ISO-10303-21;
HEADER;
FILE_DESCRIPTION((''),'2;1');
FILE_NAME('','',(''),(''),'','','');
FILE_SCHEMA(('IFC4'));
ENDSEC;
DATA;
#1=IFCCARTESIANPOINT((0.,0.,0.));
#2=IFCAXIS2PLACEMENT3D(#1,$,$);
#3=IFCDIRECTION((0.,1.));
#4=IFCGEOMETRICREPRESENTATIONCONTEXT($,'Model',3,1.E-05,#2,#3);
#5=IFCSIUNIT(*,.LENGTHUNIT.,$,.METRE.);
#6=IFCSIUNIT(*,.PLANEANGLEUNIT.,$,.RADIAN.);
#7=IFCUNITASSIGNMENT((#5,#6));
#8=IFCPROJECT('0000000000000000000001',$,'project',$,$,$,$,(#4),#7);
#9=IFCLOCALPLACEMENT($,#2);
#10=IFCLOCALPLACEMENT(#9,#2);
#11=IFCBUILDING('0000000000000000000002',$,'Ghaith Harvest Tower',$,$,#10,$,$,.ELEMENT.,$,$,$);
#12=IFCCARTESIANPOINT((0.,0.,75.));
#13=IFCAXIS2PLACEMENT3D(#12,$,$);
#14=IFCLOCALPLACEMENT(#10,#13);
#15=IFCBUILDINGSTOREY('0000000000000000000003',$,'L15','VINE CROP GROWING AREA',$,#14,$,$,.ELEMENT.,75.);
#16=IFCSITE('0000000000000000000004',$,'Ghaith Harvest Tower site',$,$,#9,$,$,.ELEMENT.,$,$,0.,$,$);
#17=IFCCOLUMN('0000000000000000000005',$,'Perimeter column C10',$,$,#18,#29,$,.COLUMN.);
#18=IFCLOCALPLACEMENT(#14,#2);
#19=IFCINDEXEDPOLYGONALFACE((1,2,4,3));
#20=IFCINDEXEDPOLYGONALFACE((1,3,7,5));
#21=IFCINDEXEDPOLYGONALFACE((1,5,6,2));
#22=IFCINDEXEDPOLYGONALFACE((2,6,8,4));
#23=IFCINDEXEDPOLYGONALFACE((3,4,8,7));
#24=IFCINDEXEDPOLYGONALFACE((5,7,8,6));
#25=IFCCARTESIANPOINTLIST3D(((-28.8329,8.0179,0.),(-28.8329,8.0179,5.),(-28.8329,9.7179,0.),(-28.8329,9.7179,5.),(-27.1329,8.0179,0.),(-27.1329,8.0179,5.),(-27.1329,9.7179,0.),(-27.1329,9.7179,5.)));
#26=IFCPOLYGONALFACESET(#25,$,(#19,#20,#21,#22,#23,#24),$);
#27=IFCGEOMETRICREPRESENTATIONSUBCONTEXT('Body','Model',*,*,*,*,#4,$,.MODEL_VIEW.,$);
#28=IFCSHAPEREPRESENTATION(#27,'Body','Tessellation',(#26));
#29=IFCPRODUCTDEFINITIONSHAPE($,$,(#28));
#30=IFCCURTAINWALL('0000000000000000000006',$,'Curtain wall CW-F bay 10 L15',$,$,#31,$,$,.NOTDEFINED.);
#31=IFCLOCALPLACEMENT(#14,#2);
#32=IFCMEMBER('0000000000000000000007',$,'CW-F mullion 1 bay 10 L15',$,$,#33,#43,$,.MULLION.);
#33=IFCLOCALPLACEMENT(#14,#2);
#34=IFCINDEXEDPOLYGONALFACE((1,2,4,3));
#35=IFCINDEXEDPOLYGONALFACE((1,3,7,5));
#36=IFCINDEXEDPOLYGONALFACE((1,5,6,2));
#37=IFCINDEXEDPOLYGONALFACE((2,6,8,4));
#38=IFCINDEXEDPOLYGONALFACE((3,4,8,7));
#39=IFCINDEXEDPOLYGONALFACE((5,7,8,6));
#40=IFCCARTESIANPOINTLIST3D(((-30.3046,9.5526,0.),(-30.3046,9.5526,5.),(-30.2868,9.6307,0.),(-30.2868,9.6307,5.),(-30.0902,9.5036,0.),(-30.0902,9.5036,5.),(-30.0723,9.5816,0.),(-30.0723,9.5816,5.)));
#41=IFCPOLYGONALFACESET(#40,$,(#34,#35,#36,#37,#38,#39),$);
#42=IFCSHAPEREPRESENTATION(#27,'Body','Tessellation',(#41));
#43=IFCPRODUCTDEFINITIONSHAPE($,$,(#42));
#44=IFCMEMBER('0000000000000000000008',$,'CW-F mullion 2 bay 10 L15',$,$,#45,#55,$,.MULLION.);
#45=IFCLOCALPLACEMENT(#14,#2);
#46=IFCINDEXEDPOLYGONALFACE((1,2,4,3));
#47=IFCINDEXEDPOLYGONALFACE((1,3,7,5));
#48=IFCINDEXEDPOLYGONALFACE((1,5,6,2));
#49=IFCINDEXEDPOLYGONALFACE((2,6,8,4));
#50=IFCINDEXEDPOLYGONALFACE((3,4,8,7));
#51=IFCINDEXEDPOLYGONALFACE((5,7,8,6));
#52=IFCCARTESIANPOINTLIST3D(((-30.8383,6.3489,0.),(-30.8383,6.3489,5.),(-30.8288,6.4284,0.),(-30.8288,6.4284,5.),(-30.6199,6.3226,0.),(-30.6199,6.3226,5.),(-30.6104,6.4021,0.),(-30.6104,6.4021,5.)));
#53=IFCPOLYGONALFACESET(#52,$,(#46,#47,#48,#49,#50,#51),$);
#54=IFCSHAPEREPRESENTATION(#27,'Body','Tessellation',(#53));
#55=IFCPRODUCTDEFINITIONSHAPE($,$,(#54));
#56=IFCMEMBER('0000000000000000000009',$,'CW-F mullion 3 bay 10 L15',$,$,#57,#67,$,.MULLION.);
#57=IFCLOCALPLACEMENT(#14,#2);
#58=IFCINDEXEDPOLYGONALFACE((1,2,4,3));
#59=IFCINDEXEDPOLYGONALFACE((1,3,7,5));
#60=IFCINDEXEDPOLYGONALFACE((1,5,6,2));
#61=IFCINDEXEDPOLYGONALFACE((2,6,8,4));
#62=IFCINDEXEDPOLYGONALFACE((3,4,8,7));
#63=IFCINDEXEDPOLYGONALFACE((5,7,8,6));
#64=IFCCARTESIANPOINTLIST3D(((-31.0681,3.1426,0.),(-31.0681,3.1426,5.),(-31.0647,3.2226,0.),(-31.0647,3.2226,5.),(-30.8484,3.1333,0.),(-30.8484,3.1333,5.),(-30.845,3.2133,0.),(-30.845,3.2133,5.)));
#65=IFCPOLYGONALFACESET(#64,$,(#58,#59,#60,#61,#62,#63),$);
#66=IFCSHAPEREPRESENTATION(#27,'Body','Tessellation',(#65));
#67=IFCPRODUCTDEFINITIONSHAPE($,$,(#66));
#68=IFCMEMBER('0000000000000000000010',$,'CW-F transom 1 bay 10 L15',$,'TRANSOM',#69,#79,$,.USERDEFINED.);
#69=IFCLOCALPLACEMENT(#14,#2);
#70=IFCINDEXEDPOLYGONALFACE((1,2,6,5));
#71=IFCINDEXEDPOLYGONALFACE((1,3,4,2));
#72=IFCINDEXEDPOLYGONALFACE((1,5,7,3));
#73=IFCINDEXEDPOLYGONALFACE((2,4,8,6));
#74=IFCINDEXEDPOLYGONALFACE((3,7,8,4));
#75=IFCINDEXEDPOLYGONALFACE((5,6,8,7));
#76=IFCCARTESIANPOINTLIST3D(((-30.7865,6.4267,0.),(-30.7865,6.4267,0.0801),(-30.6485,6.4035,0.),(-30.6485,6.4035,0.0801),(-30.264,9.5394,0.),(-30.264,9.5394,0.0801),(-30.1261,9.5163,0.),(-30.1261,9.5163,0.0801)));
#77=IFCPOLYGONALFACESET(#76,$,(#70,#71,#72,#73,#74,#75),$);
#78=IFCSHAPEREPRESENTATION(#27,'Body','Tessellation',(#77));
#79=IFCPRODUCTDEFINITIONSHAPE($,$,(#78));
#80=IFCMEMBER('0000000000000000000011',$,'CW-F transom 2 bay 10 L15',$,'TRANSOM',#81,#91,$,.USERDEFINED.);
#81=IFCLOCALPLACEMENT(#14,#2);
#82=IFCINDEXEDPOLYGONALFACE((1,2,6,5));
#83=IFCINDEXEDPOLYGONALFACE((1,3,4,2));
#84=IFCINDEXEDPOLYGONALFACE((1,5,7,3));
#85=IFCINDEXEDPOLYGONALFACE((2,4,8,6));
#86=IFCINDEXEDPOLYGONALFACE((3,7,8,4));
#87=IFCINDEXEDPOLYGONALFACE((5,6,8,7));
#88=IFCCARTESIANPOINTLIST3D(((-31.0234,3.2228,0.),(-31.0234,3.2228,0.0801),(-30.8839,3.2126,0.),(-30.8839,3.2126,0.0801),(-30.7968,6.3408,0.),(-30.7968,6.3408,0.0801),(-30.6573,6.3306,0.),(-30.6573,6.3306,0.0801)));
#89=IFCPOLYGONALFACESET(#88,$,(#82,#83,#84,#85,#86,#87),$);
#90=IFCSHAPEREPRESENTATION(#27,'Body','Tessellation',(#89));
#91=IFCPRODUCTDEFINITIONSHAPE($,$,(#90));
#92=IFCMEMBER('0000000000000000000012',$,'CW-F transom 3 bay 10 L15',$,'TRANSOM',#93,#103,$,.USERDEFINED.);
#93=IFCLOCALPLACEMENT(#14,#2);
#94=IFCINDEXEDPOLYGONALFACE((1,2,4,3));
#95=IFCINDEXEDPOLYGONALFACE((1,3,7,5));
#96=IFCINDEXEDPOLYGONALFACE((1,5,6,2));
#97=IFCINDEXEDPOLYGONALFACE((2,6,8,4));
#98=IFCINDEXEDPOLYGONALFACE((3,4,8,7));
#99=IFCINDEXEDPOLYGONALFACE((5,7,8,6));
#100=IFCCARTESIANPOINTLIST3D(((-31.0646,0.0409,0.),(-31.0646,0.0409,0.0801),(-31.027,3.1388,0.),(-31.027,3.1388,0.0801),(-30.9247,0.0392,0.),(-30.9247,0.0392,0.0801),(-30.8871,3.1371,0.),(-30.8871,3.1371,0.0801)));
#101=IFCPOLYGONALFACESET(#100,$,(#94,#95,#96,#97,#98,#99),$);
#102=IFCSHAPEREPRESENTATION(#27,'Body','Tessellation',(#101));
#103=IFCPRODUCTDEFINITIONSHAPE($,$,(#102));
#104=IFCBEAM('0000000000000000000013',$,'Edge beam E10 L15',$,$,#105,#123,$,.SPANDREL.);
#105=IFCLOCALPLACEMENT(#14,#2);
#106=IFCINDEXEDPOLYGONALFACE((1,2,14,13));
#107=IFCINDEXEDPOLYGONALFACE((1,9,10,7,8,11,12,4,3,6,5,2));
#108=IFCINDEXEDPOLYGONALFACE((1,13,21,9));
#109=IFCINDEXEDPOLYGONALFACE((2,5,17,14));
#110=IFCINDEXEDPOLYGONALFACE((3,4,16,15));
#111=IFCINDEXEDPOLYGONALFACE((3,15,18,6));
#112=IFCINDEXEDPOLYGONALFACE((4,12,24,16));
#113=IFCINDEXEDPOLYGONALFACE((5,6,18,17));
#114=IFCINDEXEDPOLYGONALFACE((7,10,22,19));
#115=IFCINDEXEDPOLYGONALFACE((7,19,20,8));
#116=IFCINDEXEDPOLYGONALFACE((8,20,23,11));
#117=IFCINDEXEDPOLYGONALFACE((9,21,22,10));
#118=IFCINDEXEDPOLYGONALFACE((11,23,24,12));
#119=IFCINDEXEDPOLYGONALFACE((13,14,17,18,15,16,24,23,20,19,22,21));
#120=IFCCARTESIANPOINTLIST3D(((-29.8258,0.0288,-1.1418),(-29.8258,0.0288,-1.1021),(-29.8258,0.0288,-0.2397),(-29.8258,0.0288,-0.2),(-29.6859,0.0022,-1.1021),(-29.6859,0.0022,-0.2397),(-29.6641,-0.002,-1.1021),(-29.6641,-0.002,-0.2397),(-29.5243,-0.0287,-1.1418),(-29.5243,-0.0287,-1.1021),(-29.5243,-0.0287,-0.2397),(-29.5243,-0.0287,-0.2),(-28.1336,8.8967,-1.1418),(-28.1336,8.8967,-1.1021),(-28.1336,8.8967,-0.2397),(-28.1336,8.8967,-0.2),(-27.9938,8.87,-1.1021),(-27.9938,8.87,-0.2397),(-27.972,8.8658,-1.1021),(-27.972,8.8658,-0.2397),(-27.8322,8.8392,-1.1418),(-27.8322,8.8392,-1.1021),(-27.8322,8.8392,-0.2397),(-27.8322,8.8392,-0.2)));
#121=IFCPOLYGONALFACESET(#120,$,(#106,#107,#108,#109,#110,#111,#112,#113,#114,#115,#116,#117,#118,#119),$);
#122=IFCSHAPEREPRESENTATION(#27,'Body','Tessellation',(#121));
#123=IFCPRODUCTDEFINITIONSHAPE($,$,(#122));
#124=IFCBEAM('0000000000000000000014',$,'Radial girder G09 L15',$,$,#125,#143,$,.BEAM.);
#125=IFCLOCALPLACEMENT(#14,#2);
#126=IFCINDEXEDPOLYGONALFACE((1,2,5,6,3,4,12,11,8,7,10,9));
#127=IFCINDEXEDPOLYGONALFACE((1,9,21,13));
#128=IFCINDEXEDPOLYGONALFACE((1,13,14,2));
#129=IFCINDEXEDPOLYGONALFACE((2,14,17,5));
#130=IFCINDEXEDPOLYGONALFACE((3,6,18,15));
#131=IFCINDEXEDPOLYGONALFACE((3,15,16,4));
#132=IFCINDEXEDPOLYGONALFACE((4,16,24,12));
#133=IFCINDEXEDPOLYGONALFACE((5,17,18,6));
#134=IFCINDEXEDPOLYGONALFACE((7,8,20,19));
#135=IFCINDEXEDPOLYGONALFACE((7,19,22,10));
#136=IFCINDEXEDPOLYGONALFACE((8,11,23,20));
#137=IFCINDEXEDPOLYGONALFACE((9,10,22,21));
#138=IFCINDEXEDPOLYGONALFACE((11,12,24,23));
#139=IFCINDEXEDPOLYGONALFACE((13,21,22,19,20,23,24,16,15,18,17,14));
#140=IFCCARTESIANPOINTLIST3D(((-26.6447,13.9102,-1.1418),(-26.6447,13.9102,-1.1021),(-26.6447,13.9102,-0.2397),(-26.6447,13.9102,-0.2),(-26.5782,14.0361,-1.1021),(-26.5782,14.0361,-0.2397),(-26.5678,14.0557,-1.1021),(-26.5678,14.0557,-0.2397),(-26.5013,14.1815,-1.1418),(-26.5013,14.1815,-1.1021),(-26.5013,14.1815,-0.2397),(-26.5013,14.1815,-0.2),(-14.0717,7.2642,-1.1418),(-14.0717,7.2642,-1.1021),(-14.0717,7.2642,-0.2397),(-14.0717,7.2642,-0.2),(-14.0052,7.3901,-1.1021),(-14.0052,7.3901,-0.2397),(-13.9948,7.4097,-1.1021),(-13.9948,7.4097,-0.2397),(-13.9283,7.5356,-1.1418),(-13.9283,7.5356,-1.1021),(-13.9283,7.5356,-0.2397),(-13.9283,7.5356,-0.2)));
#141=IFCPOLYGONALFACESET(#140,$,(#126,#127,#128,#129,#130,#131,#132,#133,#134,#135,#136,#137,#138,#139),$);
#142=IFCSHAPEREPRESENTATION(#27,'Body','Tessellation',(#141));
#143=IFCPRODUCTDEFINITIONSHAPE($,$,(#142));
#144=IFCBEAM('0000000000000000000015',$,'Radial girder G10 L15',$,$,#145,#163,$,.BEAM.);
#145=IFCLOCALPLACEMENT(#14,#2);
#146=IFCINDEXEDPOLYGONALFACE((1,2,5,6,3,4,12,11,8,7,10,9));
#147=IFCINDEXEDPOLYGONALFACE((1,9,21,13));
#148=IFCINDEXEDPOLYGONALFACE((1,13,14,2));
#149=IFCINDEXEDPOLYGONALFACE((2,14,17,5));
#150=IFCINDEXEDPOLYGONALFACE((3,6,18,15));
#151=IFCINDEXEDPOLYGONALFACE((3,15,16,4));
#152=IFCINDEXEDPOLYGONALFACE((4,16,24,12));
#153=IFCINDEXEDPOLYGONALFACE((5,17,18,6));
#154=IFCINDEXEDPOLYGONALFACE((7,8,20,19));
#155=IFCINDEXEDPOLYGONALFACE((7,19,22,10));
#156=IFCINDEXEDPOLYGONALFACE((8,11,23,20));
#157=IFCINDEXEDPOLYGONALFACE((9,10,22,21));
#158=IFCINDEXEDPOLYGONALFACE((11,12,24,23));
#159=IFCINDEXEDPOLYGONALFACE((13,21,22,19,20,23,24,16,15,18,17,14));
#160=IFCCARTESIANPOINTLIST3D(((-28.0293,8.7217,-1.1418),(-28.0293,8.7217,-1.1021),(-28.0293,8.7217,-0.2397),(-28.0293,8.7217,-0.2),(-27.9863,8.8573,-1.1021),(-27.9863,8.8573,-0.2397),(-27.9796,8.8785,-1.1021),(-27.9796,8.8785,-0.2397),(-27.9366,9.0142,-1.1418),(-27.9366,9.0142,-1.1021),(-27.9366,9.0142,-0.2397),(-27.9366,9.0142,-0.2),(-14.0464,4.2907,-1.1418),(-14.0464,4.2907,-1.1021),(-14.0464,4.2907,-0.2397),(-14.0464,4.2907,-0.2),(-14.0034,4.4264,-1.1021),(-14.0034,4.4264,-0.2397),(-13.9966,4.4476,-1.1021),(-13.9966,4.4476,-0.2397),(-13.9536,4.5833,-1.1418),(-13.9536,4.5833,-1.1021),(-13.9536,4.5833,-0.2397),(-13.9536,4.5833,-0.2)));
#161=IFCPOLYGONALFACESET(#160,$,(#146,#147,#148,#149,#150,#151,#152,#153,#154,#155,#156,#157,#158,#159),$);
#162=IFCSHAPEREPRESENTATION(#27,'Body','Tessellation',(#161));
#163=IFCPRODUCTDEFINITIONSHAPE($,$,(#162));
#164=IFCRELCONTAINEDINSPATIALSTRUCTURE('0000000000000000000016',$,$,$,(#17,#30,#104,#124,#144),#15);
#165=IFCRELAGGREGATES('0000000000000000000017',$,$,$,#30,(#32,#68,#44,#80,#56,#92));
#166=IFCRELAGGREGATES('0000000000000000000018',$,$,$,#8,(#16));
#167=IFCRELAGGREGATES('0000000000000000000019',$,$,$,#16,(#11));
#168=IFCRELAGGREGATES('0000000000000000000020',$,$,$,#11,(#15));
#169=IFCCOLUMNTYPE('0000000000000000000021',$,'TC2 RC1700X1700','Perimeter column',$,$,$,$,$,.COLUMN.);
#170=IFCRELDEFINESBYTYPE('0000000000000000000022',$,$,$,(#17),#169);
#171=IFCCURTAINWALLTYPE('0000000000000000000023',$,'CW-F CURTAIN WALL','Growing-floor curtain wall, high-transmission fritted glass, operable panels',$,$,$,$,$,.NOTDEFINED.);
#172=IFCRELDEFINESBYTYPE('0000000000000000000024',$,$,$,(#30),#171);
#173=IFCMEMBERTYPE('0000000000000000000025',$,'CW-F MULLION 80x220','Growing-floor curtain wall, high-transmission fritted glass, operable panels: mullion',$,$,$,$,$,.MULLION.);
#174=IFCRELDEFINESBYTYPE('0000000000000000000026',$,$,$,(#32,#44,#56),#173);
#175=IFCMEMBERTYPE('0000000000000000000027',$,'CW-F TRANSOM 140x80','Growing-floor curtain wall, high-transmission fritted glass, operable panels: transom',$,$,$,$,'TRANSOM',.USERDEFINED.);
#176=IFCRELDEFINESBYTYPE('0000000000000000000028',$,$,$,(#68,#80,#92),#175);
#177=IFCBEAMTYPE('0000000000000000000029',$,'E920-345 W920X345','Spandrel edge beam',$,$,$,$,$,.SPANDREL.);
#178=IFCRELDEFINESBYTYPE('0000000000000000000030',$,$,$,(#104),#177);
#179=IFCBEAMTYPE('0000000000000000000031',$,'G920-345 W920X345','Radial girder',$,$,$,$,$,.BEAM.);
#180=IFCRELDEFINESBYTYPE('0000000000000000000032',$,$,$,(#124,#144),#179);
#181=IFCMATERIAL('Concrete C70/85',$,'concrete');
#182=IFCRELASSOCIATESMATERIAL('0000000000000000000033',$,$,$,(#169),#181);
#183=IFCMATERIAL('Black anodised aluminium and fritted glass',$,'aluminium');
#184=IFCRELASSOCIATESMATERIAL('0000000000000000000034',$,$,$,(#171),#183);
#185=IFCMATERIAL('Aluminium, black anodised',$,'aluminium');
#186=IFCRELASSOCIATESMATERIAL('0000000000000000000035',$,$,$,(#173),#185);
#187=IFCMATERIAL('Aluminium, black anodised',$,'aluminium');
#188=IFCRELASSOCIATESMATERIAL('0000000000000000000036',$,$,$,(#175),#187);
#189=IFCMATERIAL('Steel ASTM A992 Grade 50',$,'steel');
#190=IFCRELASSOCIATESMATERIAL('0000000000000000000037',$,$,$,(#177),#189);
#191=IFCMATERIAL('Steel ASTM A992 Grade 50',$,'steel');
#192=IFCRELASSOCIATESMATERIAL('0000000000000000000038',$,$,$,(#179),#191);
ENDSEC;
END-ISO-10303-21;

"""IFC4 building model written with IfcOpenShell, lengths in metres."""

from ifc_helpers import new_model, si_unit, direction, frame, origin, origin_2d, place, context, subcontext, project, spatial, rectangle, i_section, extrude, material, material_profile, profile_set, type_object, element, aggregate, save


model = new_model("IFC4")

# Units and contexts
model_context = context("Model", 3, precision=1e-05, world=origin(), true_north=direction((0.0, 1.0)))
body_context = subcontext(model_context, "Body", "Model", "MODEL_VIEW")
ifc_project = project(units=[si_unit("LENGTHUNIT", "METRE"), si_unit("PLANEANGLEUNIT", "RADIAN")], contexts=[model_context])

# Site, building, storey
site_placement = place(None, origin())
site = spatial("IfcSite", under=ifc_project, at=site_placement, Name="Ghaith Harvest Tower site", CompositionType="ELEMENT", RefElevation=0.0)
building_placement = place(site_placement, origin())
building = spatial("IfcBuilding", under=site, at=building_placement, Name="Ghaith Harvest Tower", CompositionType="ELEMENT")
storey_placement = place(building_placement, frame((0.0, 0.0, 75.0)))
storey = spatial("IfcBuildingStorey", under=building, at=storey_placement, Name="L15", Description="VINE CROP GROWING AREA", CompositionType="ELEMENT", Elevation=75.0)

# Column
ifc_material_1 = material(Name="Concrete C70/85", Category="concrete")
ifc_material_profile_1 = material_profile(ifc_material_1, rectangle(XDim=1.7, YDim=1.7, at=origin_2d()), Name="RC1700X1700")
ifc_profile_set_1 = profile_set([ifc_material_profile_1], Name="Concrete C70/85")
column_type = type_object("IfcColumnType", Name="TC2 RC1700X1700", Description="Perimeter column", PredefinedType="COLUMN", material=ifc_profile_set_1)
column_placement = place(storey_placement, frame((-27.9829, 8.8679, 0.0), z_axis=(0.0, 0.0, 1.0), x_axis=(1.0, 0.0, 0.0)))
element("IfcColumn", 1, at=column_placement, inside=storey, type_object=column_type, Name="Perimeter column C10", PredefinedType="COLUMN", context=body_context, shape_type="SweptSolid", body=[
    extrude(rectangle(XDim=1.7, YDim=1.7, at=origin_2d()), origin(), (0.0, 0.0, 1.0), 5.0),
])

# Curtain wall, members
ifc_material_2 = material(Name="Black anodised aluminium and fritted glass", Category="aluminium")
curtain_wall_type = type_object("IfcCurtainWallType", Name="CW-F CURTAIN WALL", Description="Growing-floor curtain wall, high-transmission fritted glass, operable panels", PredefinedType="NOTDEFINED", material=ifc_material_2)
curtain_wall_1_placement = place(storey_placement, origin())
curtain_wall_1 = element("IfcCurtainWall", 2, at=curtain_wall_1_placement, inside=storey, type_object=curtain_wall_type, Name="Curtain wall CW-F bay 10 L15", PredefinedType="NOTDEFINED")
ifc_material_3 = material(Name="Aluminium, black anodised", Category="aluminium")
ifc_material_profile_2 = material_profile(ifc_material_3, rectangle(XDim=0.0801, YDim=0.22, at=origin_2d()), Name="CW-F MULLION 80x220")
ifc_profile_set_2 = profile_set([ifc_material_profile_2], Name="Aluminium, black anodised")
member_type_1 = type_object("IfcMemberType", Name="CW-F MULLION 80x220", Description="Growing-floor curtain wall, high-transmission fritted glass, operable panels: mullion", PredefinedType="MULLION", material=ifc_profile_set_2)
member_1_placement = place(storey_placement, frame((-30.1885, 9.5671, 0.0), z_axis=(0.0, 0.0, 1.0), x_axis=(-0.222967, -0.974826, 0.0)))
member_1 = element("IfcMember", 3, at=member_1_placement, type_object=member_type_1, Name="CW-F mullion 1 bay 10 L15", PredefinedType="MULLION", context=body_context, shape_type="SweptSolid", body=[
    extrude(rectangle(XDim=0.0801, YDim=0.22, at=origin_2d()), origin(), (0.0, 0.0, 1.0), 5.0),
])
member_2_placement = place(storey_placement, frame((-30.7244, 6.3755, 0.0), z_axis=(0.0, 0.0, 1.0), x_axis=(-0.119353, -0.992852, 0.0)))
member_2 = element("IfcMember", 4, at=member_2_placement, type_object=member_type_1, Name="CW-F mullion 2 bay 10 L15", PredefinedType="MULLION", context=body_context, shape_type="SweptSolid", body=[
    extrude(rectangle(XDim=0.0801, YDim=0.22, at=origin_2d()), origin(), (0.0, 0.0, 1.0), 5.0),
])
member_3_placement = place(storey_placement, frame((-30.9565, 3.178, 0.0), z_axis=(0.0, 0.0, 1.0), x_axis=(-0.042427, -0.9991, 0.0)))
member_3 = element("IfcMember", 5, at=member_3_placement, type_object=member_type_1, Name="CW-F mullion 3 bay 10 L15", PredefinedType="MULLION", context=body_context, shape_type="SweptSolid", body=[
    extrude(rectangle(XDim=0.0801, YDim=0.22, at=origin_2d()), origin(), (0.0, 0.0, 1.0), 5.0),
])
ifc_material_4 = material(Name="Aluminium, black anodised", Category="aluminium")
ifc_material_profile_3 = material_profile(ifc_material_4, rectangle(XDim=0.1399, YDim=0.0801, at=origin_2d()), Name="CW-F TRANSOM 140x80")
ifc_profile_set_3 = profile_set([ifc_material_profile_3], Name="Aluminium, black anodised")
member_type_2 = type_object("IfcMemberType", Name="CW-F TRANSOM 140x80", Description="Growing-floor curtain wall, high-transmission fritted glass, operable panels: transom", ElementType="TRANSOM", PredefinedType="USERDEFINED", material=ifc_profile_set_3)
member_4_placement = place(storey_placement, frame((-30.1951, 9.5278, 0.04), z_axis=(-0.165528, -0.986205, 0.0), x_axis=(0.986205, -0.165528, 0.0)))
member_4 = element("IfcMember", 6, at=member_4_placement, type_object=member_type_2, Name="CW-F transom 1 bay 10 L15", ObjectType="TRANSOM", PredefinedType="USERDEFINED", context=body_context, shape_type="SweptSolid", body=[
    extrude(rectangle(XDim=0.1399, YDim=0.0801, at=origin_2d()), origin(), (0.0, 0.0, 1.0), 3.1562),
])
member_5_placement = place(storey_placement, frame((-30.7271, 6.3357, 0.04), z_axis=(-0.072474, -0.99737, 0.0), x_axis=(0.99737, -0.072474, 0.0)))
member_5 = element("IfcMember", 7, at=member_5_placement, type_object=member_type_2, Name="CW-F transom 2 bay 10 L15", ObjectType="TRANSOM", PredefinedType="USERDEFINED", context=body_context, shape_type="SweptSolid", body=[
    extrude(rectangle(XDim=0.1399, YDim=0.0801, at=origin_2d()), origin(), (0.0, 0.0, 1.0), 3.1262),
])
member_6_placement = place(storey_placement, frame((-30.957, 3.1379, 0.04), z_axis=(-0.012136, -0.999926, 0.0), x_axis=(0.999926, -0.012136, 0.0)))
member_6 = element("IfcMember", 8, at=member_6_placement, type_object=member_type_2, Name="CW-F transom 3 bay 10 L15", ObjectType="TRANSOM", PredefinedType="USERDEFINED", context=body_context, shape_type="SweptSolid", body=[
    extrude(rectangle(XDim=0.1399, YDim=0.0801, at=origin_2d()), origin(), (0.0, 0.0, 1.0), 3.0981),
])

# Beams
ifc_material_5 = material(Name="Steel ASTM A992 Grade 50", Category="steel")
ifc_material_profile_4 = material_profile(ifc_material_5, i_section(OverallWidth=0.3069, OverallDepth=0.9419, WebThickness=0.0222, FlangeThickness=0.0398, at=origin_2d()), Name="W920X345")
ifc_profile_set_4 = profile_set([ifc_material_profile_4], Name="Steel ASTM A992 Grade 50")
beam_type_1 = type_object("IfcBeamType", Name="E920-345 W920X345", Description="Spandrel edge beam", PredefinedType="SPANDREL", material=ifc_profile_set_4)
beam_1_placement = place(storey_placement, frame((-27.9829, 8.8679, -0.6709), z_axis=(-0.187434, -0.982277, 0.0), x_axis=(0.982277, -0.187434, 0.0)))
element("IfcBeam", 9, at=beam_1_placement, inside=storey, type_object=beam_type_1, Name="Edge beam E10 L15", PredefinedType="SPANDREL", context=body_context, shape_type="SweptSolid", body=[
    extrude(i_section(OverallWidth=0.3069, OverallDepth=0.9419, WebThickness=0.0222, FlangeThickness=0.0398, at=origin_2d()), origin(), (0.0, 0.0, 1.0), 9.0278),
])
ifc_material_6 = material(Name="Steel ASTM A992 Grade 50", Category="steel")
ifc_material_profile_5 = material_profile(ifc_material_6, i_section(OverallWidth=0.3069, OverallDepth=0.9419, WebThickness=0.0222, FlangeThickness=0.0398, at=origin_2d()), Name="W920X345")
ifc_profile_set_5 = profile_set([ifc_material_profile_5], Name="Steel ASTM A992 Grade 50")
beam_type_2 = type_object("IfcBeamType", Name="G920-345 W920X345", Description="Radial girder", PredefinedType="BEAM", material=ifc_profile_set_5)
beam_2_placement = place(storey_placement, frame((-14.0, 7.3999, -0.6709), z_axis=(-0.884087, 0.467322, 0.0), x_axis=(-0.467322, -0.884087, 0.0)))
element("IfcBeam", 10, at=beam_2_placement, inside=storey, type_object=beam_type_2, Name="Radial girder G09 L15", PredefinedType="BEAM", context=body_context, shape_type="SweptSolid", body=[
    extrude(i_section(OverallWidth=0.3069, OverallDepth=0.9419, WebThickness=0.0222, FlangeThickness=0.0398, at=origin_2d()), origin(), (0.0, 0.0, 1.0), 14.2214),
])
beam_3_placement = place(storey_placement, frame((-14.0, 4.437, -0.6709), z_axis=(-0.953284, 0.302077, 0.0), x_axis=(-0.302077, -0.953284, 0.0)))
element("IfcBeam", 11, at=beam_3_placement, inside=storey, type_object=beam_type_2, Name="Radial girder G10 L15", PredefinedType="BEAM", context=body_context, shape_type="SweptSolid", body=[
    extrude(i_section(OverallWidth=0.3069, OverallDepth=0.9419, WebThickness=0.0222, FlangeThickness=0.0398, at=origin_2d()), origin(), (0.0, 0.0, 1.0), 14.6682),
])

aggregate(curtain_wall_1, [member_1, member_4, member_2, member_5, member_3, member_6])

save(model, "model.ifc")
